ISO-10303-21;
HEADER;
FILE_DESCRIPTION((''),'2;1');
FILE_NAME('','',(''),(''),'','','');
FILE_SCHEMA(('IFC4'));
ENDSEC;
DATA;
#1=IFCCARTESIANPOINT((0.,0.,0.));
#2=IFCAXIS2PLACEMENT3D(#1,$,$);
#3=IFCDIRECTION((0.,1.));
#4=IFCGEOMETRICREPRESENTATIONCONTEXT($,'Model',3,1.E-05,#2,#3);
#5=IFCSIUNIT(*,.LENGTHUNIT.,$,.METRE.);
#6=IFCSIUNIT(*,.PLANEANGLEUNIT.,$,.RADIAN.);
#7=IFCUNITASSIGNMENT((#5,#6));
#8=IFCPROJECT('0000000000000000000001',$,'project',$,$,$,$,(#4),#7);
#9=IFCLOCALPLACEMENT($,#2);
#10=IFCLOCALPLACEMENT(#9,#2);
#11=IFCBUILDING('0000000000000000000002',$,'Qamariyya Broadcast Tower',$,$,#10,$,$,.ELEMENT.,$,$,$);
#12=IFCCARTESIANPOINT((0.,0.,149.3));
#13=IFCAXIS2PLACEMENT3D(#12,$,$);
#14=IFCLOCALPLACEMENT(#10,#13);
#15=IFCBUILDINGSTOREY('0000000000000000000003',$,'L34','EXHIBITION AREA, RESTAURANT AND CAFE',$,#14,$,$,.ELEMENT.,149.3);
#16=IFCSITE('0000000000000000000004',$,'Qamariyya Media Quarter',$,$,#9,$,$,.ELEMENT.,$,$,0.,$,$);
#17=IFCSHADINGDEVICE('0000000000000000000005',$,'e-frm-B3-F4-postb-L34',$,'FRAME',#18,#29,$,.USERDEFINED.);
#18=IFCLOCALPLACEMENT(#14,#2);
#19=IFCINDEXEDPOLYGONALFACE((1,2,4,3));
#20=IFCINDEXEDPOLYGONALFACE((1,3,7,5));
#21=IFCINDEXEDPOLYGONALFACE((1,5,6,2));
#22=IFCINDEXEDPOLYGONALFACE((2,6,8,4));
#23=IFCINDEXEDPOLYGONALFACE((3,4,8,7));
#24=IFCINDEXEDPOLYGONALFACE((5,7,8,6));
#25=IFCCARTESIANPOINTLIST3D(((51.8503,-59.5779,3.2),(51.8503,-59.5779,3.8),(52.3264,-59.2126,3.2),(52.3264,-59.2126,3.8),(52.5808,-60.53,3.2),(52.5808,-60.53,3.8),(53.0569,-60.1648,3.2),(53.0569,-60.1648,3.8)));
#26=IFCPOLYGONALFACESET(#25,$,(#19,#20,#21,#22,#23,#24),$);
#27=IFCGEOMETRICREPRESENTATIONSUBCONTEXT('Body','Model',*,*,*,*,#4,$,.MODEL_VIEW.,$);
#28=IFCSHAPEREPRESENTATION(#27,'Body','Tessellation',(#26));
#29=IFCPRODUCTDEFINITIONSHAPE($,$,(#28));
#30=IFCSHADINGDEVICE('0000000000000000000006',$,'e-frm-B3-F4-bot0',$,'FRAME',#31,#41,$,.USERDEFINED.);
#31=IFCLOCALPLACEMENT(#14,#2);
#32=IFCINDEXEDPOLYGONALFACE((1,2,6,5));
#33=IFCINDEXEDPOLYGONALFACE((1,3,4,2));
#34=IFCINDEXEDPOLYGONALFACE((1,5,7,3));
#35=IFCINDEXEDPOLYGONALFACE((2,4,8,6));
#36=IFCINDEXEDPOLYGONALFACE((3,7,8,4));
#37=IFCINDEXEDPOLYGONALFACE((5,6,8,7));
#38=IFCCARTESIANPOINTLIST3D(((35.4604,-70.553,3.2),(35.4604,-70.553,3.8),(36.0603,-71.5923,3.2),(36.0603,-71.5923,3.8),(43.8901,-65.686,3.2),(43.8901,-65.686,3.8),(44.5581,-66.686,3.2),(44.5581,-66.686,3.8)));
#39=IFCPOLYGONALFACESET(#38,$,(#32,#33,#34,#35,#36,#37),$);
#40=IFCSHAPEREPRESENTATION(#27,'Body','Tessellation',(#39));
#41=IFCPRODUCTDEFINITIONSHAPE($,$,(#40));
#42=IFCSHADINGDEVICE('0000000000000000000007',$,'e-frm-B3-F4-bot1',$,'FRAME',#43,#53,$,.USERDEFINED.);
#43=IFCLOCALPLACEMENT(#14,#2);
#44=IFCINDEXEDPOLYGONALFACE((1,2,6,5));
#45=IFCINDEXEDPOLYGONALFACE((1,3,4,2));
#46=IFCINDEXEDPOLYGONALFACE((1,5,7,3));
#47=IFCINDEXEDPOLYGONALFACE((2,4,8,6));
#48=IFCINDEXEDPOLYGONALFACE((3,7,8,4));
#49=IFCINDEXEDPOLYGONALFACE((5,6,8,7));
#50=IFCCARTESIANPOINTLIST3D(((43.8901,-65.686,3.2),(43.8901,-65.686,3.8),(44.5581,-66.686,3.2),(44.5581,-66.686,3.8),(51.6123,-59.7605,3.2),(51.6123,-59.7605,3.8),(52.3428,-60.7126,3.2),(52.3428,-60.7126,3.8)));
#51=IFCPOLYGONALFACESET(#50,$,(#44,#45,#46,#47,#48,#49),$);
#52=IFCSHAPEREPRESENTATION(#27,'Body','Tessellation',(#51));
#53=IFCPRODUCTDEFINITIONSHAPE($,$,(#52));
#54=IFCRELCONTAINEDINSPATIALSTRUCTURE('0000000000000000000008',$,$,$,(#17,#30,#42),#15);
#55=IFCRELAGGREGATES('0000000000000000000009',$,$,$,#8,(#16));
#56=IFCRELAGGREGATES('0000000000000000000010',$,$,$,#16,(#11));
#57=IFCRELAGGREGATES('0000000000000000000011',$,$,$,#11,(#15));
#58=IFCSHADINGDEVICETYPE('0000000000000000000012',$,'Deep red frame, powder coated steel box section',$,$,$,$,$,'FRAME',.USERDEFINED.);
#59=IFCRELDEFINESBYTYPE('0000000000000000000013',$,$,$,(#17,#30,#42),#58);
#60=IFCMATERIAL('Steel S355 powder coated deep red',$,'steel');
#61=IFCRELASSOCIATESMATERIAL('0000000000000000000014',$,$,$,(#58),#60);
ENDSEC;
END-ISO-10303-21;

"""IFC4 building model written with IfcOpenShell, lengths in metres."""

from ifc_helpers import new_model, si_unit, direction, frame, origin, place, context, subcontext, project, spatial, polyline, outline, extrude, material, type_object, element, save


model = new_model("IFC4")

# Units and contexts
model_context = context("Model", 3, precision=1e-05, world=origin(), true_north=direction((0.0, 1.0)))
body_context = subcontext(model_context, "Body", "Model", "MODEL_VIEW")
ifc_project = project(units=[si_unit("LENGTHUNIT", "METRE"), si_unit("PLANEANGLEUNIT", "RADIAN")], contexts=[model_context])

# Site, building, storey
site_placement = place(None, origin())
building_placement = place(site_placement, origin())
storey_placement = place(building_placement, frame((0.0, 0.0, 149.3)))
site = spatial("IfcSite", under=ifc_project, at=site_placement, Name="Qamariyya Media Quarter", CompositionType="ELEMENT", RefElevation=0.0)
building = spatial("IfcBuilding", under=site, at=building_placement, Name="Qamariyya Broadcast Tower", CompositionType="ELEMENT")
storey = spatial("IfcBuildingStorey", under=building, at=storey_placement, Name="L34", Description="EXHIBITION AREA, RESTAURANT AND CAFE", CompositionType="ELEMENT", Elevation=149.3)

# Shading devices
ifc_material_1 = material(Name="Steel S355 powder coated deep red", Category="steel")
shading_device_type = type_object("IfcShadingDeviceType", Name="Deep red frame, powder coated steel box section", ElementType="FRAME", PredefinedType="USERDEFINED", material=ifc_material_1)
shading_device_1_placement = place(storey_placement, frame((0.0, 0.0, 3.2)))
element("IfcShadingDevice", 1, at=shading_device_1_placement, inside=storey, type_object=shading_device_type, Name="e-frm-B3-F4-postb-L34", ObjectType="FRAME", PredefinedType="USERDEFINED", context=body_context, shape_type="SweptSolid", body=[
    extrude(outline(polyline([(51.8503, -59.5779), (52.5808, -60.53), (53.0569, -60.1648), (52.3264, -59.2126), (51.8503, -59.5779)])), origin(), (0.0, 0.0, 1.0), 0.6001),
])
shading_device_2_placement = place(storey_placement, frame((0.0, 0.0, 3.2)))
element("IfcShadingDevice", 2, at=shading_device_2_placement, inside=storey, type_object=shading_device_type, Name="e-frm-B3-F4-bot0", ObjectType="FRAME", PredefinedType="USERDEFINED", context=body_context, shape_type="SweptSolid", body=[
    extrude(outline(polyline([(35.4604, -70.553), (36.0603, -71.5923), (44.5581, -66.686), (43.8901, -65.686), (35.4604, -70.553)])), origin(), (0.0, 0.0, 1.0), 0.6001),
])
shading_device_3_placement = place(storey_placement, frame((0.0, 0.0, 3.2)))
element("IfcShadingDevice", 3, at=shading_device_3_placement, inside=storey, type_object=shading_device_type, Name="e-frm-B3-F4-bot1", ObjectType="FRAME", PredefinedType="USERDEFINED", context=body_context, shape_type="SweptSolid", body=[
    extrude(outline(polyline([(43.8901, -65.686), (44.5581, -66.686), (52.3428, -60.7126), (51.6123, -59.7605), (43.8901, -65.686)])), origin(), (0.0, 0.0, 1.0), 0.6001),
])

save(model, "model.ifc")
